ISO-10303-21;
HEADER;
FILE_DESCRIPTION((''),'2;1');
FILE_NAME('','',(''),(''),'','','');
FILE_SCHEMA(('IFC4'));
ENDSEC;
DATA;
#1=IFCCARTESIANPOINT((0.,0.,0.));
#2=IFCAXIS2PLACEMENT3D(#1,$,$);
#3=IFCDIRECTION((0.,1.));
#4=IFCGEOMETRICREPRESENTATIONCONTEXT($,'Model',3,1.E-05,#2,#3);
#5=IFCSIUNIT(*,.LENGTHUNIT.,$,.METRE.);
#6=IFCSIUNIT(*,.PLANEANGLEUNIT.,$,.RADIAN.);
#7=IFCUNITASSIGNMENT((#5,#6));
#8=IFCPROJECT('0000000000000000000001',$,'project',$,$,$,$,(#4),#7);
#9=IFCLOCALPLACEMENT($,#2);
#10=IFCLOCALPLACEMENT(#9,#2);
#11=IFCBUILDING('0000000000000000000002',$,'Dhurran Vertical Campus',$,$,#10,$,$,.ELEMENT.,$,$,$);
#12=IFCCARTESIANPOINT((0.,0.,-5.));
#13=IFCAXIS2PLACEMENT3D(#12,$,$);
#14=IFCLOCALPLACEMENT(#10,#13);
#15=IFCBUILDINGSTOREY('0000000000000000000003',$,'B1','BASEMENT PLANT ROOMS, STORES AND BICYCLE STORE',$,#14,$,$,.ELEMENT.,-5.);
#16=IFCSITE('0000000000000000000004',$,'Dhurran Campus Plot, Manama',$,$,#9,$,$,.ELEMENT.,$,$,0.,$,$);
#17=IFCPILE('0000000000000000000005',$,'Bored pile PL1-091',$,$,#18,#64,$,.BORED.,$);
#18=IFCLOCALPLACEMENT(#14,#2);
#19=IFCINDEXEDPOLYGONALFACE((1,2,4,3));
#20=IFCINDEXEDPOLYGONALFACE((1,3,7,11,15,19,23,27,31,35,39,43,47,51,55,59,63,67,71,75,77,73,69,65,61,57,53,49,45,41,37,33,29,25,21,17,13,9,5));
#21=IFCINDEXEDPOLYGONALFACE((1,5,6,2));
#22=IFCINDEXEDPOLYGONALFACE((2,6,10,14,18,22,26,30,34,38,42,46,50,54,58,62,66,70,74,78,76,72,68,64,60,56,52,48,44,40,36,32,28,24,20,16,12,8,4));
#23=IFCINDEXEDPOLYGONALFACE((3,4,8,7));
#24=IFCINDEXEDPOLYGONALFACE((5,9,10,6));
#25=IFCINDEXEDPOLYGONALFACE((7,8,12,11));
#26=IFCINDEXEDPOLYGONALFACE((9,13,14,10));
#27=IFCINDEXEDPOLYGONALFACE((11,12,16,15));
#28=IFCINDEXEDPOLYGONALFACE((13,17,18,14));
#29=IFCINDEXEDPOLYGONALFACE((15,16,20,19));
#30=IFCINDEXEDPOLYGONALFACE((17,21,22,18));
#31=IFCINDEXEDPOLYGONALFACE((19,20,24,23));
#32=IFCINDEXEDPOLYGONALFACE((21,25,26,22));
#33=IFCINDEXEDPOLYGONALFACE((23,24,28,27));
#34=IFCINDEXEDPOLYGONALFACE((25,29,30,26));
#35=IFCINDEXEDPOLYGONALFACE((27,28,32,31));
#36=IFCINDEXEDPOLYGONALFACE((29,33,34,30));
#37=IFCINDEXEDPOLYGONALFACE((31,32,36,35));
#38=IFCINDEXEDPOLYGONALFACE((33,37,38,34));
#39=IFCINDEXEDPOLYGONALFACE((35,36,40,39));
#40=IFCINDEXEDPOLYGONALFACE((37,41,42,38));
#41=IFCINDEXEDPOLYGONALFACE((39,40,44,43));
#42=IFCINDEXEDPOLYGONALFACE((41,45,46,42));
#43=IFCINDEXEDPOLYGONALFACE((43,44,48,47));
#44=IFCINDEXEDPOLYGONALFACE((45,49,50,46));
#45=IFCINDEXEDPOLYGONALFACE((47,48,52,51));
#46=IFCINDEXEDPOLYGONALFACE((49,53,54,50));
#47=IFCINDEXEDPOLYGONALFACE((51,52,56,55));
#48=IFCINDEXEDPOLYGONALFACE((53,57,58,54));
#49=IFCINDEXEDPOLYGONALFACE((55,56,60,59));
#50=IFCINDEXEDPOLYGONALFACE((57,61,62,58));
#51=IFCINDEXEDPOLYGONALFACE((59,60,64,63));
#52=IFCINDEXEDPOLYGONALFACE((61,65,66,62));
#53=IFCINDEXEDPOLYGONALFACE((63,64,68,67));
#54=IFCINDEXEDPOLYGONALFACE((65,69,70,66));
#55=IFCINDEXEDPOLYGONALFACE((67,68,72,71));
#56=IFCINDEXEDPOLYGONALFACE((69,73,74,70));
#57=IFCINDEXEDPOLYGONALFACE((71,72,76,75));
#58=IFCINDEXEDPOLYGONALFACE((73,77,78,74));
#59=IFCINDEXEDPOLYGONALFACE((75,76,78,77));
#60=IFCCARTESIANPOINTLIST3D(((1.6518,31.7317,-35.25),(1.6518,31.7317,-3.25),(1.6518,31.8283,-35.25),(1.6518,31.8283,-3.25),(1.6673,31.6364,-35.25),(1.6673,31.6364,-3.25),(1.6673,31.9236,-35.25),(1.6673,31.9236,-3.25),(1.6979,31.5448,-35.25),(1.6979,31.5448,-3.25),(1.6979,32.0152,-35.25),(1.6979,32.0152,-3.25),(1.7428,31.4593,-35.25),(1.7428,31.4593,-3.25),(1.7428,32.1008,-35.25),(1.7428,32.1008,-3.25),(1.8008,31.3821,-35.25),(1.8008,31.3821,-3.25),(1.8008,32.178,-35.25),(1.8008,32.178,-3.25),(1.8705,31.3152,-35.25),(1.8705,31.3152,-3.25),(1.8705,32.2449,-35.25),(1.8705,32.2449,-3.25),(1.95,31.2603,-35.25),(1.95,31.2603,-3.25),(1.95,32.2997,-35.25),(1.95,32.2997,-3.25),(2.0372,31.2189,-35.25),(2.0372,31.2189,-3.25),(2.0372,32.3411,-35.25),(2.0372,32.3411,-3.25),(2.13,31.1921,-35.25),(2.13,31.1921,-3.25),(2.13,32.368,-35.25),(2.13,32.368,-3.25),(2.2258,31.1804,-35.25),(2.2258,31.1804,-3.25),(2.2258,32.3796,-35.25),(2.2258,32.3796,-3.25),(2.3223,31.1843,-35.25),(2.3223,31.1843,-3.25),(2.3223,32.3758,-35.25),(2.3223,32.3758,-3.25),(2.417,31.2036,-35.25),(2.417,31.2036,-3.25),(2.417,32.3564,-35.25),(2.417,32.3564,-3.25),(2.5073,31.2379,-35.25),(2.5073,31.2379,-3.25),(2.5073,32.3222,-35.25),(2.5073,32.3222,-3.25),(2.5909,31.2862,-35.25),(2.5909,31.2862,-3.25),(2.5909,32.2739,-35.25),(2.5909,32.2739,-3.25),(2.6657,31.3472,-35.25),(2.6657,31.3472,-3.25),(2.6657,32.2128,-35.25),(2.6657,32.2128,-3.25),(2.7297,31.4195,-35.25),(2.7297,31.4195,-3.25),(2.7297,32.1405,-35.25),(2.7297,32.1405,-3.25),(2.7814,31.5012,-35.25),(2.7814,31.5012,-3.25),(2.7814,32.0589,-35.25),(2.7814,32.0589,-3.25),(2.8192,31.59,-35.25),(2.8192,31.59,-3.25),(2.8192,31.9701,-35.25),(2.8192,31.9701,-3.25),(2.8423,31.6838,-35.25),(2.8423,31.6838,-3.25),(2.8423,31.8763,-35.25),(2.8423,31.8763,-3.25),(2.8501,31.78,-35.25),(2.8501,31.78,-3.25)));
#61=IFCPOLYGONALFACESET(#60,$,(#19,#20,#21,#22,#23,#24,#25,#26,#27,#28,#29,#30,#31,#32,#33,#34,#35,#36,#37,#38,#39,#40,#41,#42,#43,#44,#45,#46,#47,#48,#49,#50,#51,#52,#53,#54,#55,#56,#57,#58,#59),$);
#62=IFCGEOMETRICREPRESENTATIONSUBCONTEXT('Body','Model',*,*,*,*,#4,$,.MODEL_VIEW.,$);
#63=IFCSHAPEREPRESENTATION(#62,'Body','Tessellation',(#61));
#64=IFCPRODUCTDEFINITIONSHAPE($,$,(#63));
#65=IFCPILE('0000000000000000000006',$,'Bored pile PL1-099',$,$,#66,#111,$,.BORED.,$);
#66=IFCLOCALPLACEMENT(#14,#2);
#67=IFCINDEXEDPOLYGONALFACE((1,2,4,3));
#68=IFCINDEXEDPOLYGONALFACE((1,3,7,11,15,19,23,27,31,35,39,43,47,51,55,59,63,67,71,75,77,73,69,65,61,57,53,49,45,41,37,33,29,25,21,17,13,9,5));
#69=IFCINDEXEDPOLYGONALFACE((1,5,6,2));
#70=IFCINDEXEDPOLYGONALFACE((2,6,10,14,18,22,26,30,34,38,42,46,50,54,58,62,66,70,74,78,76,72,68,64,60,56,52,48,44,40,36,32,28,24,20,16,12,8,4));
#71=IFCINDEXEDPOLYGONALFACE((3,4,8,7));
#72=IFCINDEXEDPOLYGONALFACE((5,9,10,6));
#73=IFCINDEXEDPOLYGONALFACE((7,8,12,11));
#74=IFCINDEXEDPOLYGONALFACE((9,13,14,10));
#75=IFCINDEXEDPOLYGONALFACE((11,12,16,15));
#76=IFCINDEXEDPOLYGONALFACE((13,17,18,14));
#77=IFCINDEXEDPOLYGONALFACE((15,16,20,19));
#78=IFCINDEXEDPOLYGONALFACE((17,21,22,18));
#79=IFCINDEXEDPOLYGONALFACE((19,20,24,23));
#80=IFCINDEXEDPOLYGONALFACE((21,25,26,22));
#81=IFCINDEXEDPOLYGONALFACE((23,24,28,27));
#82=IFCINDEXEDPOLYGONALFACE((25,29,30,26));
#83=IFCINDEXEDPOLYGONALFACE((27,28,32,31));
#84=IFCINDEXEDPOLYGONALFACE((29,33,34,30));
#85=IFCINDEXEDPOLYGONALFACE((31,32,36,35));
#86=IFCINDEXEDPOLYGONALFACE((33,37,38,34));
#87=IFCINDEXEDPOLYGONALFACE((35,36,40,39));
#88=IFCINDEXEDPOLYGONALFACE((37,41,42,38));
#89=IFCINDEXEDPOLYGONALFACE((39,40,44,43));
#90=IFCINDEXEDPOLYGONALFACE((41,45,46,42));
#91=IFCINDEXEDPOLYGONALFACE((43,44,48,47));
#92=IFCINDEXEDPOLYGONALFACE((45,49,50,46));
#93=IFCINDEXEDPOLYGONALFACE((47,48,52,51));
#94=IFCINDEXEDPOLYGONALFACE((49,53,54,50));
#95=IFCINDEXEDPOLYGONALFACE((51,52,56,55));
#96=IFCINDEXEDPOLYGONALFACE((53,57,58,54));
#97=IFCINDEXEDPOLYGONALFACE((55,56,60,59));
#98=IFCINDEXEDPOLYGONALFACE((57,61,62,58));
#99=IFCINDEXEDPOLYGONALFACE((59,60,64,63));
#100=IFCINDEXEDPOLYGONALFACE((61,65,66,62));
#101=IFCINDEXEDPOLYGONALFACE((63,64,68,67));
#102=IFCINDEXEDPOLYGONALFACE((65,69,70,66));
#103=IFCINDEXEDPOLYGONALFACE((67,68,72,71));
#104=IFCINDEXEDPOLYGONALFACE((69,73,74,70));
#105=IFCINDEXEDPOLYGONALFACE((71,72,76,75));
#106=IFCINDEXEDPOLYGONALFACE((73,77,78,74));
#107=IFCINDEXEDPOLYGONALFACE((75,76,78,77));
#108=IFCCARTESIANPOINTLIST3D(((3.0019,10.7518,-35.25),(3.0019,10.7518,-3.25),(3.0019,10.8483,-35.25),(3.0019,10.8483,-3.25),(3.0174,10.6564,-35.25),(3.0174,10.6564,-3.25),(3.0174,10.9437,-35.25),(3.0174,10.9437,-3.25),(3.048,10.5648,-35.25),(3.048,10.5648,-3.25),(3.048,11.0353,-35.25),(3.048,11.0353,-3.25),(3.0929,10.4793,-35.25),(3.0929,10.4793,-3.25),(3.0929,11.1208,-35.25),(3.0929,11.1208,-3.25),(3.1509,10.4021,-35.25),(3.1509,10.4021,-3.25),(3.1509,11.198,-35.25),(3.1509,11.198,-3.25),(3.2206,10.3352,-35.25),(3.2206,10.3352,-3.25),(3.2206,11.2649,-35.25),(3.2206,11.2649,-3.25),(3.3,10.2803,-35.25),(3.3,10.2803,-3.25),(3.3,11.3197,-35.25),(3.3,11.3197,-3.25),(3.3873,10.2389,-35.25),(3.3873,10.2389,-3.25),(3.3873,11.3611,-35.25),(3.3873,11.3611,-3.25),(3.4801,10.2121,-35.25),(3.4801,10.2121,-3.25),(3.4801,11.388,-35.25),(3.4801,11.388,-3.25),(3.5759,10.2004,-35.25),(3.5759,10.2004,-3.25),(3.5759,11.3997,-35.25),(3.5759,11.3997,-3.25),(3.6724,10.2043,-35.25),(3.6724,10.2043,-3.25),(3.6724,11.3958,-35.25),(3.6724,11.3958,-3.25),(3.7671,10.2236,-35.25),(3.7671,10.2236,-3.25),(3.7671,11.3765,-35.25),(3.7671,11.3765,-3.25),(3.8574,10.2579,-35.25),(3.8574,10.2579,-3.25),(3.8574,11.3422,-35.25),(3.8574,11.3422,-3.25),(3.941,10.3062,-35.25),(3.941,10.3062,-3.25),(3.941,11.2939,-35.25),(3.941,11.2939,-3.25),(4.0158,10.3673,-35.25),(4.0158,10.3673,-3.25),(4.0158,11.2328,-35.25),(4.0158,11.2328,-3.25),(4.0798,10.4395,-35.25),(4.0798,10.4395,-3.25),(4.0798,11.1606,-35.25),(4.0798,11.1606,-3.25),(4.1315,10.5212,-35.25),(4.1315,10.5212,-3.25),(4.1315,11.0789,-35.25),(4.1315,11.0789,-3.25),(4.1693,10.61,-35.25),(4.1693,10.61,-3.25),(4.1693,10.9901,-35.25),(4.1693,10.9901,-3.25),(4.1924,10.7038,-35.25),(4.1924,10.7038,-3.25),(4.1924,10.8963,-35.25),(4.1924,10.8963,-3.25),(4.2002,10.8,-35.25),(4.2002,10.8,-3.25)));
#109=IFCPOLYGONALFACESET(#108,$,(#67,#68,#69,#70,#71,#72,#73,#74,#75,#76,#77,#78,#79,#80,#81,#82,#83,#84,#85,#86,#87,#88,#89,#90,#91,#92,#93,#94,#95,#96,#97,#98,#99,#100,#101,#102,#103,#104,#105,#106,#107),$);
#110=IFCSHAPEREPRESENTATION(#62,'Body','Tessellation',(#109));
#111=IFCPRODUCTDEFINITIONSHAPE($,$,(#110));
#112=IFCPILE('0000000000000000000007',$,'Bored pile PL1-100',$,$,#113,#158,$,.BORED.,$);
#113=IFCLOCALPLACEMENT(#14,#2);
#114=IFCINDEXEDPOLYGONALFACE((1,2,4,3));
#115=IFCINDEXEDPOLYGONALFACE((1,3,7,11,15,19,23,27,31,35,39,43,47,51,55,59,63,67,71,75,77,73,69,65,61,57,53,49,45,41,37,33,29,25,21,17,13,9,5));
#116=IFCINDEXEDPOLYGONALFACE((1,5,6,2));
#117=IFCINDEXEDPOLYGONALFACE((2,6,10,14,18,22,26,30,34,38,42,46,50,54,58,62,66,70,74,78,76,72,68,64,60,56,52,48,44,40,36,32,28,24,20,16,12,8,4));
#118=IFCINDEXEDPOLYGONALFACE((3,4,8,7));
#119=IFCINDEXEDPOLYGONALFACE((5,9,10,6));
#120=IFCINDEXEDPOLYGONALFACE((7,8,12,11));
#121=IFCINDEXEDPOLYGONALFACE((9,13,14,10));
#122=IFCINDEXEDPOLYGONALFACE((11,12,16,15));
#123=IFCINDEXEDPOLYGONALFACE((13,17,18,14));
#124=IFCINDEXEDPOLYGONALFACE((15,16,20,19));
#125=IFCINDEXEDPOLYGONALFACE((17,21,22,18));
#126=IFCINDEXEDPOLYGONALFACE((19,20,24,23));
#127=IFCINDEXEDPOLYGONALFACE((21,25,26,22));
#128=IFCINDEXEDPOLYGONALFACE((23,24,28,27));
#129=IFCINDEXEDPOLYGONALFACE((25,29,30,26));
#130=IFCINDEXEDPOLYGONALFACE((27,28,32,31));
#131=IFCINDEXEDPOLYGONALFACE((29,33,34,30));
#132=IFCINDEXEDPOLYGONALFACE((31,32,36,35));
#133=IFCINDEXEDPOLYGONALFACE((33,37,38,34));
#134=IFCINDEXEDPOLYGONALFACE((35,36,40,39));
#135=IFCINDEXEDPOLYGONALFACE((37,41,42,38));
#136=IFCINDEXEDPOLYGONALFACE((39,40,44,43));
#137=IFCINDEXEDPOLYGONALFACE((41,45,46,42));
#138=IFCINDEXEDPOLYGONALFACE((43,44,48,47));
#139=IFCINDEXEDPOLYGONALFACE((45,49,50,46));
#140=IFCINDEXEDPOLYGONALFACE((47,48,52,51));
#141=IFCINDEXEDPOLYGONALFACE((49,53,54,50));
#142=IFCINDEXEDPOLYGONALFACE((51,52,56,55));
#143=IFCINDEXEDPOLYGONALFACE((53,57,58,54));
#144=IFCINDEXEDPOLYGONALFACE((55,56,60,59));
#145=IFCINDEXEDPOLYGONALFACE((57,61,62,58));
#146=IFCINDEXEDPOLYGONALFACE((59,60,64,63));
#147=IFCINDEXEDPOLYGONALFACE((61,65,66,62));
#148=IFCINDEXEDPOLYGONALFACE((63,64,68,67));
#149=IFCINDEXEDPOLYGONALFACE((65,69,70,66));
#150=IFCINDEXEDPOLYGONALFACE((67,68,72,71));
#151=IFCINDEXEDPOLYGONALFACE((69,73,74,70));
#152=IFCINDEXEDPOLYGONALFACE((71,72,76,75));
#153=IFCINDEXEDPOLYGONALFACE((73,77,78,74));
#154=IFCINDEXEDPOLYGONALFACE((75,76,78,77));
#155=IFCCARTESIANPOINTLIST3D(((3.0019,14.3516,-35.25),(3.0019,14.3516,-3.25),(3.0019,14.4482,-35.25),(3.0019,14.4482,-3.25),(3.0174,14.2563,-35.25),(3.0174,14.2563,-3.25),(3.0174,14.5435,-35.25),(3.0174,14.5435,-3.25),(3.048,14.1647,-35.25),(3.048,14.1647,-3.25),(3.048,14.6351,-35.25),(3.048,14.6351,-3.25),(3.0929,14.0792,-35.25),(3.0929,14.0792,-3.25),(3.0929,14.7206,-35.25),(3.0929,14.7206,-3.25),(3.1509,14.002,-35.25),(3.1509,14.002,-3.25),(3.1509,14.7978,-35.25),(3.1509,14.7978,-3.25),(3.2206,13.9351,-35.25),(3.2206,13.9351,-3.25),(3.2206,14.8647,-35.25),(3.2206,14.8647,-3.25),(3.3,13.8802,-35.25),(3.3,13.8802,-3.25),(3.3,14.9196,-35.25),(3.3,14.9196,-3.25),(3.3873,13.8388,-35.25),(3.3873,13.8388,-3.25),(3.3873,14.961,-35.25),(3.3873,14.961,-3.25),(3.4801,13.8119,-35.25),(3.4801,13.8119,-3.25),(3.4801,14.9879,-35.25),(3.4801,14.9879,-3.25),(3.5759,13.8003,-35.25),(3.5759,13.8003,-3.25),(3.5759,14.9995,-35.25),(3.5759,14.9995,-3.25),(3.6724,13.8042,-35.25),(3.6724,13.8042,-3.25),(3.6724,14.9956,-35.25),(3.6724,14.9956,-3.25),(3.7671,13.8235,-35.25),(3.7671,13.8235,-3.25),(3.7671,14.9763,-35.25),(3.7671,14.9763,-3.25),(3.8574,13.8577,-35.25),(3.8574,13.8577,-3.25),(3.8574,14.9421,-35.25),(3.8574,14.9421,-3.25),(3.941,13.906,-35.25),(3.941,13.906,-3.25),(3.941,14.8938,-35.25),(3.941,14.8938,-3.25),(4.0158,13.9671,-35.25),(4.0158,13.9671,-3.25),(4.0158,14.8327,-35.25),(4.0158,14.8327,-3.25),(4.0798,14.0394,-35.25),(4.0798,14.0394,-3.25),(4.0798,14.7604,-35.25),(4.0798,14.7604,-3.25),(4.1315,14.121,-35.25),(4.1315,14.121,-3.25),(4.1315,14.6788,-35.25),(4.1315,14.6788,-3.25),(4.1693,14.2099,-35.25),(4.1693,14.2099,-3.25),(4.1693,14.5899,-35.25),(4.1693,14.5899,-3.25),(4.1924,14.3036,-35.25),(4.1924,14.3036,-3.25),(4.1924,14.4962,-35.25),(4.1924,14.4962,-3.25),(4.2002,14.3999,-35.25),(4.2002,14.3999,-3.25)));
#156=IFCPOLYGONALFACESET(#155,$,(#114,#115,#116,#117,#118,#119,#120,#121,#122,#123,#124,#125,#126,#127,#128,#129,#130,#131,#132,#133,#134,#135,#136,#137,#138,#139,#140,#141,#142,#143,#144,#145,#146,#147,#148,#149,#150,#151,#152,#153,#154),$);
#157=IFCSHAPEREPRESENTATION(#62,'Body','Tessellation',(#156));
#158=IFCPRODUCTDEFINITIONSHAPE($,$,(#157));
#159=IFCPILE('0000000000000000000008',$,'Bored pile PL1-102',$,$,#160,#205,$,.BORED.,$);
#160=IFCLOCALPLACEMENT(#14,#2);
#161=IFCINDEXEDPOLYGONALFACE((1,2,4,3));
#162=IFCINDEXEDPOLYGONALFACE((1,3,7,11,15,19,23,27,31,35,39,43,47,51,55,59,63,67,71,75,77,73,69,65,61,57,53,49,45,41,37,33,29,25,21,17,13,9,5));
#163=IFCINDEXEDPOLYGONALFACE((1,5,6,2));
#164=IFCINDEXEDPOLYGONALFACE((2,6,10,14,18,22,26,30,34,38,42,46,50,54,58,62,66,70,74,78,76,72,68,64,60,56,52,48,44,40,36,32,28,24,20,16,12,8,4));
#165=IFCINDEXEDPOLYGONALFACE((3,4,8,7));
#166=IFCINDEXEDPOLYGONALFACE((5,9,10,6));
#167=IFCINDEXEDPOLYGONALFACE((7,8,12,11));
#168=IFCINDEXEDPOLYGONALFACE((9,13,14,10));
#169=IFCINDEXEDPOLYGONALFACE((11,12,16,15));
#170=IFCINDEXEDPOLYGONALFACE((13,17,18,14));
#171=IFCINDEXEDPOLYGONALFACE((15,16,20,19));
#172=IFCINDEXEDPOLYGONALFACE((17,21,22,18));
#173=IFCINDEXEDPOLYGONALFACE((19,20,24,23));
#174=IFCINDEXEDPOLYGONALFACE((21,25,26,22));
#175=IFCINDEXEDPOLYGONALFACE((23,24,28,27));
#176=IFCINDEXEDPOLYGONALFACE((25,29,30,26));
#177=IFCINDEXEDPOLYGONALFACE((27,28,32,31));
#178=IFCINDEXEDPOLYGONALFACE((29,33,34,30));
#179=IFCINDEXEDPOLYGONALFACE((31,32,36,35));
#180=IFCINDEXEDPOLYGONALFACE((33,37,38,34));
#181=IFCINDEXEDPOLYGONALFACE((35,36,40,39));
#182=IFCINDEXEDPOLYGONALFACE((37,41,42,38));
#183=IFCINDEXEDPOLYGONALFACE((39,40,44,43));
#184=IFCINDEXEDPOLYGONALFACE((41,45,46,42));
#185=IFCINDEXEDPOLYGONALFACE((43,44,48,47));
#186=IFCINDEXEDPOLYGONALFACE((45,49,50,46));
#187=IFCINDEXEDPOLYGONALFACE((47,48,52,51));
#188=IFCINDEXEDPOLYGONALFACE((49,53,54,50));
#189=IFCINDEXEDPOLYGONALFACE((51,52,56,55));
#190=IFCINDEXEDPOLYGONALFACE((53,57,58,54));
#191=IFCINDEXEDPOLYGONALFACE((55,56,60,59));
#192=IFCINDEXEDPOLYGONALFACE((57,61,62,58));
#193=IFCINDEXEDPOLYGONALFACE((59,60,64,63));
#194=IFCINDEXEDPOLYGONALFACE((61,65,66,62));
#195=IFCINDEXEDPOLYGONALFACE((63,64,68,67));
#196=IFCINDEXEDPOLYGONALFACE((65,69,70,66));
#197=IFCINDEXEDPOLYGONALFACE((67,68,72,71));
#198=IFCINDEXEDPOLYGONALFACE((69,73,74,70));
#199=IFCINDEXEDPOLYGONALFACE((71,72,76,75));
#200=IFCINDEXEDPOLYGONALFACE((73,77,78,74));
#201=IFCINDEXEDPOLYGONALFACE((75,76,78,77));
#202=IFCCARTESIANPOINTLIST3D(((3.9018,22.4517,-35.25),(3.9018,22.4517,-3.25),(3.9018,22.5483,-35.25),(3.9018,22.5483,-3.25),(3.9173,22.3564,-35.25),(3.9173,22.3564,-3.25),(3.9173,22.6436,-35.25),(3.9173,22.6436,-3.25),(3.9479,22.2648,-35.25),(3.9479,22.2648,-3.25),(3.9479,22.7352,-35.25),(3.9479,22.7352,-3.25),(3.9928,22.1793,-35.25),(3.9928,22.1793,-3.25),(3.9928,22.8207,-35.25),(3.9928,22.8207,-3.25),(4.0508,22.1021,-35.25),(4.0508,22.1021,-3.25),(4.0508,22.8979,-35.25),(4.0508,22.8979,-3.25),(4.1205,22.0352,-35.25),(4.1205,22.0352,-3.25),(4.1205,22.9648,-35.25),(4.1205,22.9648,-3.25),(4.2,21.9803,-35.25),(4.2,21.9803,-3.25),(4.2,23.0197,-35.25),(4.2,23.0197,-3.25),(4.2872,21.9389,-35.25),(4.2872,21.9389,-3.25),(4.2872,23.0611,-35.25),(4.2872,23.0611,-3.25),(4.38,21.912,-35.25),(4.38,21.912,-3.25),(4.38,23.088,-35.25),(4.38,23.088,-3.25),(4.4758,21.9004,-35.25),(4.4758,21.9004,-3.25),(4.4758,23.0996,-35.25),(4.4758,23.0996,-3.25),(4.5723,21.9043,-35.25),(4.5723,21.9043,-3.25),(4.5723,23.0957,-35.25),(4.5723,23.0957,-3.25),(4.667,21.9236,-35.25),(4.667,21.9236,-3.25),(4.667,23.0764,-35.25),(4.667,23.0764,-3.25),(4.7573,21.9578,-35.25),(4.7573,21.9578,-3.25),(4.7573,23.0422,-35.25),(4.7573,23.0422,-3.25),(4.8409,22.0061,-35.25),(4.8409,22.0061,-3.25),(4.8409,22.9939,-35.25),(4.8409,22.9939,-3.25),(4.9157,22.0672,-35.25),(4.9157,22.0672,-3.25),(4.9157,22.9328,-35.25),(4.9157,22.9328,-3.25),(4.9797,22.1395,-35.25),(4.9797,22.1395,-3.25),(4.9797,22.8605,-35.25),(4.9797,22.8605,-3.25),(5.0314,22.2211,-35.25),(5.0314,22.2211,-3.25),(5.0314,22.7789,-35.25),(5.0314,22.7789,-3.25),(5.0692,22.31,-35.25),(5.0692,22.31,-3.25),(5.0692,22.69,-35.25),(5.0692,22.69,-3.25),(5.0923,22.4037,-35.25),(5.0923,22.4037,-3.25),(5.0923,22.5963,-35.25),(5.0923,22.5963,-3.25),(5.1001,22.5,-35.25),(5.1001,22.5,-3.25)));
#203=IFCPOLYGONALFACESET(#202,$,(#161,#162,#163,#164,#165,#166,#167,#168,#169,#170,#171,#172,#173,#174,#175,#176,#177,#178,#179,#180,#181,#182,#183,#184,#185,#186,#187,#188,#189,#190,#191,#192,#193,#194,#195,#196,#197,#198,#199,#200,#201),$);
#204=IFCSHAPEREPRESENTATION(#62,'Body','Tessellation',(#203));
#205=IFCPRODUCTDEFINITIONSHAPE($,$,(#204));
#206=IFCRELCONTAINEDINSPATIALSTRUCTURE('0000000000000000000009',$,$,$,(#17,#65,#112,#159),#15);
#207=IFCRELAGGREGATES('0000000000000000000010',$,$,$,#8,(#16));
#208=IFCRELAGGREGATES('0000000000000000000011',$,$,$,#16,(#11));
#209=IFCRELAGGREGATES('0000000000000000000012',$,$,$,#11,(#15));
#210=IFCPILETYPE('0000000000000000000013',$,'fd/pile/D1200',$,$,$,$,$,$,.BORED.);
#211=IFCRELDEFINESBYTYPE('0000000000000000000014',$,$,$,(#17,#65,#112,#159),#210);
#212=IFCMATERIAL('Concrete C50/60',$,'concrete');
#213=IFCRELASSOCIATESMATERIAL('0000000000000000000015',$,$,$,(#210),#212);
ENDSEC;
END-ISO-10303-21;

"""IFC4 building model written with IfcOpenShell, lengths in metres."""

from ifc_helpers import new_model, si_unit, direction, frame, origin, origin_2d, place, context, subcontext, project, spatial, circle, extrude, material, material_profile, profile_set, type_object, element, save


model = new_model("IFC4")

# Units and contexts
model_context = context("Model", 3, precision=1e-05, world=origin(), true_north=direction((0.0, 1.0)))
body_context = subcontext(model_context, "Body", "Model", "MODEL_VIEW")
ifc_project = project(units=[si_unit("LENGTHUNIT", "METRE"), si_unit("PLANEANGLEUNIT", "RADIAN")], contexts=[model_context])

# Site, building, storey
site_placement = place(None, origin())
site = spatial("IfcSite", under=ifc_project, at=site_placement, Name="Dhurran Campus Plot, Manama", CompositionType="ELEMENT", RefElevation=0.0)
building_placement = place(site_placement, origin())
building = spatial("IfcBuilding", under=site, at=building_placement, Name="Dhurran Vertical Campus", CompositionType="ELEMENT")
storey_placement = place(building_placement, frame((0.0, 0.0, -5.0)))
storey = spatial("IfcBuildingStorey", under=building, at=storey_placement, Name="B1", Description="BASEMENT PLANT ROOMS, STORES AND BICYCLE STORE", CompositionType="ELEMENT", Elevation=-5.0)

# Piles
ifc_material_1 = material(Name="Concrete C50/60", Category="concrete")
ifc_material_profile_1 = material_profile(ifc_material_1, circle(Radius=0.6001, at=origin_2d()), Name="fd/pile/D1200")
ifc_profile_set_1 = profile_set([ifc_material_profile_1], Name="Concrete C50/60")
pile_type = type_object("IfcPileType", Name="fd/pile/D1200", PredefinedType="BORED", material=ifc_profile_set_1)
for number, where, z_axis, x_axis, name in (
    (1, (2.25, 31.78, -3.25), (0.0, 0.0, -1.0), (1.0, 0.0, 0.0), "Bored pile PL1-091"),
    (2, (3.6001, 10.8, -3.25), (0.0, 0.0, -1.0), (1.0, 0.0, 0.0), "Bored pile PL1-099"),
    (3, (3.6001, 14.3999, -3.25), (0.0, 0.0, -1.0), (1.0, 0.0, 0.0), "Bored pile PL1-100"),
    (4, (4.5, 22.5, -3.25), (0.0, 0.0, -1.0), (1.0, 0.0, 0.0), "Bored pile PL1-102"),
):
    element("IfcPile", number, at=place(storey_placement, frame(where, z_axis=z_axis, x_axis=x_axis)), inside=storey, type_object=pile_type, Name=name, PredefinedType="BORED", context=body_context, shape_type="SweptSolid", body=[
        extrude(circle(Radius=0.6001, at=origin_2d()), origin(), (0.0, 0.0, 1.0), 32.0),
    ])

save(model, "model.ifc")
